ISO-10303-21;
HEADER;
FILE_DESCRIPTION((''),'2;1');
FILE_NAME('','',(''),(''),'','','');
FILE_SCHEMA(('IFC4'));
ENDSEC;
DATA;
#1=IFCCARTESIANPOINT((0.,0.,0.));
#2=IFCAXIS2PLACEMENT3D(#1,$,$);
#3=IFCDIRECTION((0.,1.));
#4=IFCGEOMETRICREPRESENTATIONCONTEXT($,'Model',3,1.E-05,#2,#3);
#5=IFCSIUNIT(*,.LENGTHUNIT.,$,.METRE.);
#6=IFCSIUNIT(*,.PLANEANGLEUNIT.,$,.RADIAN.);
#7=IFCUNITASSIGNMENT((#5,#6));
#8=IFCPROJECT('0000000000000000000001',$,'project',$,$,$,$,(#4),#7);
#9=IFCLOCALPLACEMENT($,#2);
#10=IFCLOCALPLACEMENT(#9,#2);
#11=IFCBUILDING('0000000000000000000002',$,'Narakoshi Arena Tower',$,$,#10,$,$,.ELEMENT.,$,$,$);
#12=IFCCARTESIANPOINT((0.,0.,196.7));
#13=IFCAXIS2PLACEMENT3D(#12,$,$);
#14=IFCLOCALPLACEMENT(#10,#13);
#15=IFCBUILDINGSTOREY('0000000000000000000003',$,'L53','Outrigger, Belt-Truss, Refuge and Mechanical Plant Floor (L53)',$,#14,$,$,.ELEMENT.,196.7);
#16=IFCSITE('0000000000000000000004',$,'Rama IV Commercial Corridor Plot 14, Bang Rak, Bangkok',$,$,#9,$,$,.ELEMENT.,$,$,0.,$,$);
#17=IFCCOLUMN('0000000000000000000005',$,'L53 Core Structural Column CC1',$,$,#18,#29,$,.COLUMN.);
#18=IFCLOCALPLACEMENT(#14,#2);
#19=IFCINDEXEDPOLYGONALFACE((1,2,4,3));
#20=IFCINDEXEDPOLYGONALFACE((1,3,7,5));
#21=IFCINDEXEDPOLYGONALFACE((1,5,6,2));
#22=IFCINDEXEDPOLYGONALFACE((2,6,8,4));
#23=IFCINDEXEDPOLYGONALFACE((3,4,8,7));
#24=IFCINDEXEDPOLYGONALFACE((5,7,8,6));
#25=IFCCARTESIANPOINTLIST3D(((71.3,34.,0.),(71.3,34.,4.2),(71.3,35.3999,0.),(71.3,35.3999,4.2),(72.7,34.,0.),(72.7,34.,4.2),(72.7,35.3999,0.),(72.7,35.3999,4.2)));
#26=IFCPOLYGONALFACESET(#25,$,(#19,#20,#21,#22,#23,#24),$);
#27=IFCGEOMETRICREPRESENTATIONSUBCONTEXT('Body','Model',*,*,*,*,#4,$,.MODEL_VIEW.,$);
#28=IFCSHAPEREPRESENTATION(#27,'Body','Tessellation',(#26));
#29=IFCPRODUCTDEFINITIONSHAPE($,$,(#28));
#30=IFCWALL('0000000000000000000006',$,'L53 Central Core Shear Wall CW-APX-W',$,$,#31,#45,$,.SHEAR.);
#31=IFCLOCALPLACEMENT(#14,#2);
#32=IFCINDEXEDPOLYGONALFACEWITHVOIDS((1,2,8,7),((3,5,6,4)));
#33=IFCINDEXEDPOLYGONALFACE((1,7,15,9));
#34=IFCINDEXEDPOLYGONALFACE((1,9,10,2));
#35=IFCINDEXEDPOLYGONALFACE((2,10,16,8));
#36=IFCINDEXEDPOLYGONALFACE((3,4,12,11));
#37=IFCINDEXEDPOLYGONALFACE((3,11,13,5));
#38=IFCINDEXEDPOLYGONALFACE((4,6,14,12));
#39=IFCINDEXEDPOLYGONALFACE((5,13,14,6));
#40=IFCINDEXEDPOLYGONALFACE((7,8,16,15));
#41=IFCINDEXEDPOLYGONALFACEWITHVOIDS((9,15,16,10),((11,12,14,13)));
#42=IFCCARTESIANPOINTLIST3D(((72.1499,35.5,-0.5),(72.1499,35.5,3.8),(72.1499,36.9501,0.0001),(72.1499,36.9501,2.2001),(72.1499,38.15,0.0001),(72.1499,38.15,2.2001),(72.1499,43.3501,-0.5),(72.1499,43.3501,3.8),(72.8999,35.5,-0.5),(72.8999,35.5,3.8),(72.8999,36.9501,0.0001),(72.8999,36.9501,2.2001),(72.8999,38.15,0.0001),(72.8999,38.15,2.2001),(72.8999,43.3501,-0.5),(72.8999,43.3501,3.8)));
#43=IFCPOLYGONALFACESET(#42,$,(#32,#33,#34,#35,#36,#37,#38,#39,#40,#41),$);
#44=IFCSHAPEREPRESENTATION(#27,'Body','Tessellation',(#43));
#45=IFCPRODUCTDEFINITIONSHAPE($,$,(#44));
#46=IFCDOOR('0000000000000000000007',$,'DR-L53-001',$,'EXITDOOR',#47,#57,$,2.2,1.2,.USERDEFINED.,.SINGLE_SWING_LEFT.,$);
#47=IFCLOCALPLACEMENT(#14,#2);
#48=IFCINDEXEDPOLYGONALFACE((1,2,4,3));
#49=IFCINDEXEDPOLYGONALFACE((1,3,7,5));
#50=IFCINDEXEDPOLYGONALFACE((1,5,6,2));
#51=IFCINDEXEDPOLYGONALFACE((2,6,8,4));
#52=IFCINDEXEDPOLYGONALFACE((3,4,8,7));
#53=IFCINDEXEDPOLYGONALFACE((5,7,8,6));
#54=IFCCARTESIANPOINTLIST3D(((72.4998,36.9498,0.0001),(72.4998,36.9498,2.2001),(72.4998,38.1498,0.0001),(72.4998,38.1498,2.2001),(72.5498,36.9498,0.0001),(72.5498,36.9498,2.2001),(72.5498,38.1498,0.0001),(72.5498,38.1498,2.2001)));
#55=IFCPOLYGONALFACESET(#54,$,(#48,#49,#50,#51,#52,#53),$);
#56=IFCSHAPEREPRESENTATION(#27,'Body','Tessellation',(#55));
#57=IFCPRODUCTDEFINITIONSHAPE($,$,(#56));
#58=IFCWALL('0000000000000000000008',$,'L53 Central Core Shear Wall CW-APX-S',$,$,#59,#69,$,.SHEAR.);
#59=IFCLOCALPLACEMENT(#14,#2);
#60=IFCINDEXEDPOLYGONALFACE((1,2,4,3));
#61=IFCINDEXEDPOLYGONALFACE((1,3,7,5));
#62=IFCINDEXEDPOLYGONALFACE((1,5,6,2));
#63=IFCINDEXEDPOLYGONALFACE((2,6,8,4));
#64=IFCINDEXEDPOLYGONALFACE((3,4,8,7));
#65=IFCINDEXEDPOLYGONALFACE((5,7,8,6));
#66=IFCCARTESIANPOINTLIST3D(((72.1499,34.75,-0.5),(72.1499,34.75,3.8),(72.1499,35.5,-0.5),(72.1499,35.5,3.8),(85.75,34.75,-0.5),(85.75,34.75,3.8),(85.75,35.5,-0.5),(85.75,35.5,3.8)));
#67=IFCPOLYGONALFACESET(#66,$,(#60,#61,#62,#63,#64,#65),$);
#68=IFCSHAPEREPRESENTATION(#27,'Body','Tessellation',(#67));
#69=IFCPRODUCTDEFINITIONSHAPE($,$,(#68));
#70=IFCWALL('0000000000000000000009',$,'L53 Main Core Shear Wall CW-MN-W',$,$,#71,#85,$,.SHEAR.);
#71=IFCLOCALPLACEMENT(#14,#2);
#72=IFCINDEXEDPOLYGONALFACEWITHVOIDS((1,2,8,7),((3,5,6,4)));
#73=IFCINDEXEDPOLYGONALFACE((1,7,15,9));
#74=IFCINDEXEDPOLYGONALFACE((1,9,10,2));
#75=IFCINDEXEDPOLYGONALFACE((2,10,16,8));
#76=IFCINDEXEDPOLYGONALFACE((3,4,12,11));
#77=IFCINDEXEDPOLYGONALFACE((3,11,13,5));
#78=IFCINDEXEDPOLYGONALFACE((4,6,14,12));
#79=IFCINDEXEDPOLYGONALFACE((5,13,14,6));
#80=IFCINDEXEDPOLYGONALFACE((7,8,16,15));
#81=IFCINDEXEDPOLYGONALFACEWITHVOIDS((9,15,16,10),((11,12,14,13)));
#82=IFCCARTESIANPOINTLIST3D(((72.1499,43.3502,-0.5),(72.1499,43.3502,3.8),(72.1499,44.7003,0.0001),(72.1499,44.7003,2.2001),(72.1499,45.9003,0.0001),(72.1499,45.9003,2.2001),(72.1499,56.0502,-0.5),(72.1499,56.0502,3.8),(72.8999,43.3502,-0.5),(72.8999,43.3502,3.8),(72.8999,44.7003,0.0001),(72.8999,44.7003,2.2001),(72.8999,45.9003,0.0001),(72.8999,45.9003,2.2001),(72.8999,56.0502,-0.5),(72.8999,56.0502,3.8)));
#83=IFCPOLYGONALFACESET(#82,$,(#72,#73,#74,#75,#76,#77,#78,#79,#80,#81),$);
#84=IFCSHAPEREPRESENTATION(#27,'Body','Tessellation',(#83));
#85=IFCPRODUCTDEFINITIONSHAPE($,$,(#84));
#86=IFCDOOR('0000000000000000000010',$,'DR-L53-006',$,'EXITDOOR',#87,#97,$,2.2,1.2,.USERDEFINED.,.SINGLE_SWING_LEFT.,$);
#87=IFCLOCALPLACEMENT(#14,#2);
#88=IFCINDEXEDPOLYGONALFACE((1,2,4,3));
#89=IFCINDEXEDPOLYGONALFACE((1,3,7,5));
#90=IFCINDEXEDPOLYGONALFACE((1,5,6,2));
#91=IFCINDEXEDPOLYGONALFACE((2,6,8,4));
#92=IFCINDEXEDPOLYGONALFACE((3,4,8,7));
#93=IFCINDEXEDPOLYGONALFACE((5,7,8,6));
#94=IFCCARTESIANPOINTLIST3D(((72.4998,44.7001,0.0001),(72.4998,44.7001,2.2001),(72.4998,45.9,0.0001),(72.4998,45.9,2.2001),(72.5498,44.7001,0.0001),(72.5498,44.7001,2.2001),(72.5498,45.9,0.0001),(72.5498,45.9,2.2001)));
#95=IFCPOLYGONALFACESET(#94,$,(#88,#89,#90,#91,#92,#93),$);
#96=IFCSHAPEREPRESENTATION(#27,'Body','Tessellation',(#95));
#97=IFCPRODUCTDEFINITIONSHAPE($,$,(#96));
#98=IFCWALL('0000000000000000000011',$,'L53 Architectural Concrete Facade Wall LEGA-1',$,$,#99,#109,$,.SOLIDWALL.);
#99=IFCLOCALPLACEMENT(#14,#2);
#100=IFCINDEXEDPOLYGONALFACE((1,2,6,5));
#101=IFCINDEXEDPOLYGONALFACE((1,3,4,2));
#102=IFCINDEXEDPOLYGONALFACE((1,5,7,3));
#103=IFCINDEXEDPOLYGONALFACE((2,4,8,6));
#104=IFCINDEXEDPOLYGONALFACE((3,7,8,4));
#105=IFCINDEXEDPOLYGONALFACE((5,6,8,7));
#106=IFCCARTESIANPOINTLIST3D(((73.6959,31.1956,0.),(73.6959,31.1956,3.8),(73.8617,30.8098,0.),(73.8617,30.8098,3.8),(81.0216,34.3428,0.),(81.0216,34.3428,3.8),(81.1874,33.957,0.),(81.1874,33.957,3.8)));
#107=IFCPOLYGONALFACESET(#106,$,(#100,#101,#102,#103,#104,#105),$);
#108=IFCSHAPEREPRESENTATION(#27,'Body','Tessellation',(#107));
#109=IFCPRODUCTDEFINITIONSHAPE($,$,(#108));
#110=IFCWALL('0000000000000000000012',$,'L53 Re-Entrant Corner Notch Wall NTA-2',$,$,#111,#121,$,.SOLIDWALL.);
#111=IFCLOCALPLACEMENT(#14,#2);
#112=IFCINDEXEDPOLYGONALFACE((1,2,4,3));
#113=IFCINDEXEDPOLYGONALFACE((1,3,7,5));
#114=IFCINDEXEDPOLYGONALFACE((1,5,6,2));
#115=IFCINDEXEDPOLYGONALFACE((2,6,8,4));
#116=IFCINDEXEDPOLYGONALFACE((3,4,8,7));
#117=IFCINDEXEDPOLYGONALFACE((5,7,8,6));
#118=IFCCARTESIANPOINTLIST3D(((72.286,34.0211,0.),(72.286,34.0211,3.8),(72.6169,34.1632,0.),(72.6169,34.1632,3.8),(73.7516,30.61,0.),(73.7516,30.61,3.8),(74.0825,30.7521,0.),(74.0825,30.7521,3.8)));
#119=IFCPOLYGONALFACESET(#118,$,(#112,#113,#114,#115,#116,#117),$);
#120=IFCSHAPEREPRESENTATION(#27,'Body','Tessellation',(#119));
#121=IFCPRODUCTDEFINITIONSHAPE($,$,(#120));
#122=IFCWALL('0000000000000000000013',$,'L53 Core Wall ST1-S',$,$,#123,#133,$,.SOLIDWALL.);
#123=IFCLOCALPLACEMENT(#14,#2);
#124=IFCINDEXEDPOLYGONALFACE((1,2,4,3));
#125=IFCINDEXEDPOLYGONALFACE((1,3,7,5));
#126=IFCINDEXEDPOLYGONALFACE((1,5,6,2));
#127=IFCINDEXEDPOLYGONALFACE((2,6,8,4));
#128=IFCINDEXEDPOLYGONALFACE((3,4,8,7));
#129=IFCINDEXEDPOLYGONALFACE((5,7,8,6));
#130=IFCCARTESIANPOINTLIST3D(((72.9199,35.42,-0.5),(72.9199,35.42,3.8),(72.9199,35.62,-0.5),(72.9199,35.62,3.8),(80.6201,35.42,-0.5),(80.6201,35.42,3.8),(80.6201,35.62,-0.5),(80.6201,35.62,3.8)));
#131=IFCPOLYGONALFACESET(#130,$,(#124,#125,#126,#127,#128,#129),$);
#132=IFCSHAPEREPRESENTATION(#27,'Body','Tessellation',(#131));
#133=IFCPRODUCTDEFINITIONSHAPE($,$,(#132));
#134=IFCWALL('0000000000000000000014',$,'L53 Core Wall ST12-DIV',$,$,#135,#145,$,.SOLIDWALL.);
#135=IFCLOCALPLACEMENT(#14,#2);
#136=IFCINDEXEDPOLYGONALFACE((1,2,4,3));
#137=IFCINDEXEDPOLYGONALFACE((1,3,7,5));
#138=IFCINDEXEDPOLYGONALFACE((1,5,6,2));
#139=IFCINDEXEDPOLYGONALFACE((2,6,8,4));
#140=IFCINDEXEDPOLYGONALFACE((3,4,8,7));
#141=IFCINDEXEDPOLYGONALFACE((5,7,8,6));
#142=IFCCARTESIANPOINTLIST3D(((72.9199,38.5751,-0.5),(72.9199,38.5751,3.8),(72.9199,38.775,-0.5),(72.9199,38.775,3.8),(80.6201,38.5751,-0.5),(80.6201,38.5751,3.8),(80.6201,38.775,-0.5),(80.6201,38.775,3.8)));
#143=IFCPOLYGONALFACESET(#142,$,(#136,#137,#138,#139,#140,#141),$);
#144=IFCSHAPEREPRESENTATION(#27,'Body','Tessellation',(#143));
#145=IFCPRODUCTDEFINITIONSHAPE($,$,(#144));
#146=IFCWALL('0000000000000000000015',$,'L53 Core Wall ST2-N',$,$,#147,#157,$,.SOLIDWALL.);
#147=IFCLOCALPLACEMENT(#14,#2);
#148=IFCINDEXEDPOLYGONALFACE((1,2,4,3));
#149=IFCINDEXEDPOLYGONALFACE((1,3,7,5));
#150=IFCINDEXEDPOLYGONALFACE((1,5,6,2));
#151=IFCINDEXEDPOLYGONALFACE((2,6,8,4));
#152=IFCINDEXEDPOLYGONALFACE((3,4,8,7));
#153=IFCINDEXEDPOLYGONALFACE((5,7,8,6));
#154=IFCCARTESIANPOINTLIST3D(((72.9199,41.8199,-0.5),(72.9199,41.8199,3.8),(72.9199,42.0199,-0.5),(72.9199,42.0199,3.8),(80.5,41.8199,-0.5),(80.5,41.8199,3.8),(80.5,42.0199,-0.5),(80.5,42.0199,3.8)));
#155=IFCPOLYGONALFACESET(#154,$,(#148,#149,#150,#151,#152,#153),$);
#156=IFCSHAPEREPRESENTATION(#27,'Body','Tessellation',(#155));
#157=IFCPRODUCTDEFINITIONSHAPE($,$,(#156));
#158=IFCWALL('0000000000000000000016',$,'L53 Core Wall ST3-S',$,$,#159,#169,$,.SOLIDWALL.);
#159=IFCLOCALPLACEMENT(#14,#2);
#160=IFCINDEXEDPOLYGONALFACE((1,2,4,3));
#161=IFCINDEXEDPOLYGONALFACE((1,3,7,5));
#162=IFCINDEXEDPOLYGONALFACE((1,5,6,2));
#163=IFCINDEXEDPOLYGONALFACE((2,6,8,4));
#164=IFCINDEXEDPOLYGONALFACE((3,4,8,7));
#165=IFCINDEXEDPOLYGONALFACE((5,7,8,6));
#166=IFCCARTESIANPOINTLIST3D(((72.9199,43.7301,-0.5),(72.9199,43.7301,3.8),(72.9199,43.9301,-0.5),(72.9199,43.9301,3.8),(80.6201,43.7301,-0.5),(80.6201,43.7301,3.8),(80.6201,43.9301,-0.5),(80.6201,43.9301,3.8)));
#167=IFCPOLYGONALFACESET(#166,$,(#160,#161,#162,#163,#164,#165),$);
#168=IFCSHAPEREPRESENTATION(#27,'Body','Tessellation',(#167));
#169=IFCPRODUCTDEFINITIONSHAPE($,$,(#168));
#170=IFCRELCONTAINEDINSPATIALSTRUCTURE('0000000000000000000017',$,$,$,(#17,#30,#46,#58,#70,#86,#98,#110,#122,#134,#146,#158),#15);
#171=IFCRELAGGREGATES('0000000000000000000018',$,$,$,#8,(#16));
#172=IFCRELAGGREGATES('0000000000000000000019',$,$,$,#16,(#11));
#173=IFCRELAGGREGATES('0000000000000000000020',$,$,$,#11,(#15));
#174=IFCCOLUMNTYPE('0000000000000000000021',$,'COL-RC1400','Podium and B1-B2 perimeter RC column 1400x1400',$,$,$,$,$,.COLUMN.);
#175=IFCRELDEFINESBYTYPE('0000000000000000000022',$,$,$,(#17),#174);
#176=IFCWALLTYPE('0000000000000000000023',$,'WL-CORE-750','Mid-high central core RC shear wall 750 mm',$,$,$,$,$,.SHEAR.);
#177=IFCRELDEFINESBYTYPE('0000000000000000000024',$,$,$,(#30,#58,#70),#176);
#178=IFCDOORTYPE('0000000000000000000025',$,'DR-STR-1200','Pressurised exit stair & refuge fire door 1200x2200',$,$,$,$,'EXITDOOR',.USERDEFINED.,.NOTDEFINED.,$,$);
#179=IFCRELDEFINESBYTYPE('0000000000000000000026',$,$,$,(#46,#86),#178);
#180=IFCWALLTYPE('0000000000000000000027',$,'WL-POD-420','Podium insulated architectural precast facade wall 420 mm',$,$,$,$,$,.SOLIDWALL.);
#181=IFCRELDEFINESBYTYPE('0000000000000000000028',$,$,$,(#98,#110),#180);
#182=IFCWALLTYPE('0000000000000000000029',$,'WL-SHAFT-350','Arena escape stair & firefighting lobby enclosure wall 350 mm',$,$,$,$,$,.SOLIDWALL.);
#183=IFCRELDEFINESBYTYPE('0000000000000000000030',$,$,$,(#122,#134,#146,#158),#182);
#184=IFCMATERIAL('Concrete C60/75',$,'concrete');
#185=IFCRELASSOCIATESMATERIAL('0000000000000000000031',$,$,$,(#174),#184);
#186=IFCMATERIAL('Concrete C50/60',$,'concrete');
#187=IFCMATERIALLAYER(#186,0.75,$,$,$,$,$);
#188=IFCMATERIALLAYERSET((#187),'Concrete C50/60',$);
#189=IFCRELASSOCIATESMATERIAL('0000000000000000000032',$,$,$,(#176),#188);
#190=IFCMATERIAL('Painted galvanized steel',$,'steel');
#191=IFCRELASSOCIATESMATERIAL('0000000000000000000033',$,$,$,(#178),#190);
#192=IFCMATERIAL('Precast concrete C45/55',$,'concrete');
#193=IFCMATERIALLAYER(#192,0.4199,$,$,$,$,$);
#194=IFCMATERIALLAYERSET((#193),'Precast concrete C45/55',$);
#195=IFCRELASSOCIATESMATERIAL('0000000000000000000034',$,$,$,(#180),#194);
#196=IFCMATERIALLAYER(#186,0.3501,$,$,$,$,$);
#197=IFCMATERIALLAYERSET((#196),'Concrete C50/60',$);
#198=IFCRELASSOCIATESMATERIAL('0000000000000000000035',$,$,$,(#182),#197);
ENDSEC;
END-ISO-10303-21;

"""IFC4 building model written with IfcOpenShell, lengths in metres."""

from ifc_helpers import new_model, si_unit, direction, frame, frame_2d, origin, origin_2d, place, context, subcontext, project, spatial, rectangle, extrude, material, layer, layer_set, material_profile, profile_set, type_object, element, fill, save


model = new_model("IFC4")

# Units and contexts
model_context = context("Model", 3, precision=1e-05, world=origin(), true_north=direction((0.0, 1.0)))
body_context = subcontext(model_context, "Body", "Model", "MODEL_VIEW")
ifc_project = project(units=[si_unit("LENGTHUNIT", "METRE"), si_unit("PLANEANGLEUNIT", "RADIAN")], contexts=[model_context])

# Site, building, storey
site_placement = place(None, origin())
site = spatial("IfcSite", under=ifc_project, at=site_placement, Name="Rama IV Commercial Corridor Plot 14, Bang Rak, Bangkok", CompositionType="ELEMENT", RefElevation=0.0)
building_placement = place(site_placement, origin())
building = spatial("IfcBuilding", under=site, at=building_placement, Name="Narakoshi Arena Tower", CompositionType="ELEMENT")
storey_placement = place(building_placement, frame((0.0, 0.0, 196.7)))
storey = spatial("IfcBuildingStorey", under=building, at=storey_placement, Name="L53", Description="Outrigger, Belt-Truss, Refuge and Mechanical Plant Floor (L53)", CompositionType="ELEMENT", Elevation=196.7)

# Column
ifc_material_1 = material(Name="Concrete C60/75", Category="concrete")
ifc_material_profile = material_profile(ifc_material_1, rectangle(XDim=1.3999, YDim=1.3999, at=origin_2d()), Name="RC1400x1400")
ifc_profile_set = profile_set([ifc_material_profile], Name="Concrete C60/75")
column_type = type_object("IfcColumnType", Name="COL-RC1400", Description="Podium and B1-B2 perimeter RC column 1400x1400", PredefinedType="COLUMN", material=ifc_profile_set)
column_placement = place(storey_placement, frame((72.0, 34.7, 0.0), z_axis=(0.0, 0.0, 1.0), x_axis=(1.0, 0.0, 0.0)))
element("IfcColumn", 1, at=column_placement, inside=storey, type_object=column_type, Name="L53 Core Structural Column CC1", PredefinedType="COLUMN", context=body_context, shape_type="SweptSolid", body=[
    extrude(rectangle(XDim=1.3999, YDim=1.3999, at=origin_2d()), origin(), (0.0, 0.0, 1.0), 4.2),
])

# Wall, opening, door
ifc_material_2 = material(Name="Concrete C50/60", Category="concrete")
ifc_layer_1 = layer(ifc_material_2, 0.75)
ifc_layer_set_1 = layer_set([ifc_layer_1], Name="Concrete C50/60")
wall_type_1 = type_object("IfcWallType", Name="WL-CORE-750", Description="Mid-high central core RC shear wall 750 mm", PredefinedType="SHEAR", material=ifc_layer_set_1)
wall_1_placement = place(storey_placement, frame((72.5249, 35.5, -0.5), z_axis=(0.0, 0.0, 1.0), x_axis=(0.0, 1.0, 0.0)))
wall_1 = element("IfcWall", 2, at=wall_1_placement, inside=storey, type_object=wall_type_1, Name="L53 Central Core Shear Wall CW-APX-W", PredefinedType="SHEAR", context=body_context, shape_type="SweptSolid", body=[
    extrude(rectangle(XDim=7.8501, YDim=0.75, at=frame_2d((3.925, 0.0))), origin(), (0.0, 0.0, 1.0), 4.3),
])
opening_1_placement = place(wall_1_placement, frame((1.45, 0.0, 0.5)))
opening_1 = element("IfcOpeningElement", 3, at=opening_1_placement, cuts=wall_1, PredefinedType="OPENING", context=body_context, shape_type="SweptSolid", body=[
    extrude(rectangle(XDim=1.2, YDim=2.2, at=frame_2d((0.6001, 1.1001))), frame((0.0, 0.385, 0.0), z_axis=(0.0, -1.0, 0.0), x_axis=(1.0, 0.0, 0.0)), (0.0, 0.0, 1.0), 0.77),
])
ifc_material_3 = material(Name="Painted galvanized steel", Category="steel")
door_type = type_object("IfcDoorType", Name="DR-STR-1200", Description="Pressurised exit stair & refuge fire door 1200x2200", ElementType="EXITDOOR", OperationType="NOTDEFINED", PredefinedType="USERDEFINED", material=ifc_material_3)
door_1_placement = place(opening_1_placement, frame((1.2, 0.0, 0.0), z_axis=(0.0, 0.0, 1.0), x_axis=(-1.0, 0.0, 0.0)))
door_1 = element("IfcDoor", 4, at=door_1_placement, inside=storey, type_object=door_type, Name="DR-L53-001", ObjectType="EXITDOOR", OperationType="SINGLE_SWING_LEFT", OverallHeight=2.2, OverallWidth=1.2, PredefinedType="USERDEFINED", context=body_context, shape_type="SweptSolid", body=[
    extrude(rectangle(XDim=1.2, YDim=2.2, at=frame_2d((0.6001, 1.1001))), frame((0.0, 0.0249, 0.0), z_axis=(0.0, -1.0, 0.0), x_axis=(1.0, 0.0, 0.0)), (0.0, 0.0, 1.0), 0.05),
])
fill(opening_1, door_1)

# Wall
wall_2_placement = place(storey_placement, frame((72.1499, 35.125, -0.5), z_axis=(0.0, 0.0, 1.0), x_axis=(1.0, 0.0, 0.0)))
element("IfcWall", 5, at=wall_2_placement, inside=storey, type_object=wall_type_1, Name="L53 Central Core Shear Wall CW-APX-S", PredefinedType="SHEAR", context=body_context, shape_type="SweptSolid", body=[
    extrude(rectangle(XDim=13.6001, YDim=0.75, at=frame_2d((6.8, 0.0))), origin(), (0.0, 0.0, 1.0), 4.3),
])

# Wall, opening, door
wall_3_placement = place(storey_placement, frame((72.5249, 43.3501, -0.5), z_axis=(0.0, 0.0, 1.0), x_axis=(0.0, 1.0, 0.0)))
wall_3 = element("IfcWall", 6, at=wall_3_placement, inside=storey, type_object=wall_type_1, Name="L53 Main Core Shear Wall CW-MN-W", PredefinedType="SHEAR", context=body_context, shape_type="SweptSolid", body=[
    extrude(rectangle(XDim=12.7, YDim=0.75, at=frame_2d((6.3501, 0.0))), origin(), (0.0, 0.0, 1.0), 4.3),
])
opening_2_placement = place(wall_3_placement, frame((1.3501, 0.0, 0.5)))
opening_2 = element("IfcOpeningElement", 7, at=opening_2_placement, cuts=wall_3, PredefinedType="OPENING", context=body_context, shape_type="SweptSolid", body=[
    extrude(rectangle(XDim=1.2, YDim=2.2, at=frame_2d((0.6001, 1.1001))), frame((0.0, 0.385, 0.0), z_axis=(0.0, -1.0, 0.0), x_axis=(1.0, 0.0, 0.0)), (0.0, 0.0, 1.0), 0.77),
])
door_2_placement = place(opening_2_placement, frame((1.2, 0.0, 0.0), z_axis=(0.0, 0.0, 1.0), x_axis=(-1.0, 0.0, 0.0)))
door_2 = element("IfcDoor", 8, at=door_2_placement, inside=storey, type_object=door_type, Name="DR-L53-006", ObjectType="EXITDOOR", OperationType="SINGLE_SWING_LEFT", OverallHeight=2.2, OverallWidth=1.2, PredefinedType="USERDEFINED", context=body_context, shape_type="SweptSolid", body=[
    extrude(rectangle(XDim=1.2, YDim=2.2, at=frame_2d((0.6001, 1.1001))), frame((0.0, 0.0249, 0.0), z_axis=(0.0, -1.0, 0.0), x_axis=(1.0, 0.0, 0.0)), (0.0, 0.0, 1.0), 0.05),
])
fill(opening_2, door_2)

# Walls
ifc_material_4 = material(Name="Precast concrete C45/55", Category="concrete")
ifc_layer_2 = layer(ifc_material_4, 0.4199)
ifc_layer_set_2 = layer_set([ifc_layer_2], Name="Precast concrete C45/55")
wall_type_2 = type_object("IfcWallType", Name="WL-POD-420", Description="Podium insulated architectural precast facade wall 420 mm", PredefinedType="SOLIDWALL", material=ifc_layer_set_2)
wall_4_placement = place(storey_placement, frame((73.7788, 31.0027, 0.0), z_axis=(0.0, 0.0, 1.0), x_axis=(0.918798, 0.394728, 0.0)))
element("IfcWall", 9, at=wall_4_placement, inside=storey, type_object=wall_type_2, Name="L53 Architectural Concrete Facade Wall LEGA-1", PredefinedType="SOLIDWALL", context=body_context, shape_type="SweptSolid", body=[
    extrude(rectangle(XDim=7.9731, YDim=0.4199, at=frame_2d((3.9866, 0.0))), origin(), (0.0, 0.0, 1.0), 3.8),
])
wall_5_placement = place(storey_placement, frame((72.4514, 34.0923, 0.0), z_axis=(0.0, 0.0, 1.0), x_axis=(0.394752, -0.918788, 0.0)))
element("IfcWall", 10, at=wall_5_placement, inside=storey, type_object=wall_type_2, Name="L53 Re-Entrant Corner Notch Wall NTA-2", PredefinedType="SOLIDWALL", context=body_context, shape_type="SweptSolid", body=[
    extrude(rectangle(XDim=3.7126, YDim=0.3601, at=frame_2d((1.8564, 0.0))), origin(), (0.0, 0.0, 1.0), 3.8),
])
ifc_layer_3 = layer(ifc_material_2, 0.3501)
ifc_layer_set_3 = layer_set([ifc_layer_3], Name="Concrete C50/60")
wall_type_3 = type_object("IfcWallType", Name="WL-SHAFT-350", Description="Arena escape stair & firefighting lobby enclosure wall 350 mm", PredefinedType="SOLIDWALL", material=ifc_layer_set_3)
for number, where, z_axis, x_axis, name in (
    (11, (72.9199, 35.52, -0.5), (0.0, 0.0, 1.0), (1.0, 0.0, 0.0), "L53 Core Wall ST1-S"),
    (12, (72.9199, 38.675, -0.5), (0.0, 0.0, 1.0), (1.0, 0.0, 0.0), "L53 Core Wall ST12-DIV"),
):
    element("IfcWall", number, at=place(storey_placement, frame(where, z_axis=z_axis, x_axis=x_axis)), inside=storey, type_object=wall_type_3, Name=name, PredefinedType="SOLIDWALL", context=body_context, shape_type="SweptSolid", body=[
        extrude(rectangle(XDim=7.7002, YDim=0.2, at=frame_2d((3.8501, 0.0))), origin(), (0.0, 0.0, 1.0), 4.3),
    ])
wall_6_placement = place(storey_placement, frame((72.9199, 41.9199, -0.5), z_axis=(0.0, 0.0, 1.0), x_axis=(1.0, 0.0, 0.0)))
element("IfcWall", 13, at=wall_6_placement, inside=storey, type_object=wall_type_3, Name="L53 Core Wall ST2-N", PredefinedType="SOLIDWALL", context=body_context, shape_type="SweptSolid", body=[
    extrude(rectangle(XDim=7.5801, YDim=0.2, at=frame_2d((3.79, 0.0))), origin(), (0.0, 0.0, 1.0), 4.3),
])
wall_7_placement = place(storey_placement, frame((72.9199, 43.8301, -0.5), z_axis=(0.0, 0.0, 1.0), x_axis=(1.0, 0.0, 0.0)))
element("IfcWall", 14, at=wall_7_placement, inside=storey, type_object=wall_type_3, Name="L53 Core Wall ST3-S", PredefinedType="SOLIDWALL", context=body_context, shape_type="SweptSolid", body=[
    extrude(rectangle(XDim=7.7002, YDim=0.2, at=frame_2d((3.8501, 0.0))), origin(), (0.0, 0.0, 1.0), 4.3),
])

save(model, "model.ifc")
